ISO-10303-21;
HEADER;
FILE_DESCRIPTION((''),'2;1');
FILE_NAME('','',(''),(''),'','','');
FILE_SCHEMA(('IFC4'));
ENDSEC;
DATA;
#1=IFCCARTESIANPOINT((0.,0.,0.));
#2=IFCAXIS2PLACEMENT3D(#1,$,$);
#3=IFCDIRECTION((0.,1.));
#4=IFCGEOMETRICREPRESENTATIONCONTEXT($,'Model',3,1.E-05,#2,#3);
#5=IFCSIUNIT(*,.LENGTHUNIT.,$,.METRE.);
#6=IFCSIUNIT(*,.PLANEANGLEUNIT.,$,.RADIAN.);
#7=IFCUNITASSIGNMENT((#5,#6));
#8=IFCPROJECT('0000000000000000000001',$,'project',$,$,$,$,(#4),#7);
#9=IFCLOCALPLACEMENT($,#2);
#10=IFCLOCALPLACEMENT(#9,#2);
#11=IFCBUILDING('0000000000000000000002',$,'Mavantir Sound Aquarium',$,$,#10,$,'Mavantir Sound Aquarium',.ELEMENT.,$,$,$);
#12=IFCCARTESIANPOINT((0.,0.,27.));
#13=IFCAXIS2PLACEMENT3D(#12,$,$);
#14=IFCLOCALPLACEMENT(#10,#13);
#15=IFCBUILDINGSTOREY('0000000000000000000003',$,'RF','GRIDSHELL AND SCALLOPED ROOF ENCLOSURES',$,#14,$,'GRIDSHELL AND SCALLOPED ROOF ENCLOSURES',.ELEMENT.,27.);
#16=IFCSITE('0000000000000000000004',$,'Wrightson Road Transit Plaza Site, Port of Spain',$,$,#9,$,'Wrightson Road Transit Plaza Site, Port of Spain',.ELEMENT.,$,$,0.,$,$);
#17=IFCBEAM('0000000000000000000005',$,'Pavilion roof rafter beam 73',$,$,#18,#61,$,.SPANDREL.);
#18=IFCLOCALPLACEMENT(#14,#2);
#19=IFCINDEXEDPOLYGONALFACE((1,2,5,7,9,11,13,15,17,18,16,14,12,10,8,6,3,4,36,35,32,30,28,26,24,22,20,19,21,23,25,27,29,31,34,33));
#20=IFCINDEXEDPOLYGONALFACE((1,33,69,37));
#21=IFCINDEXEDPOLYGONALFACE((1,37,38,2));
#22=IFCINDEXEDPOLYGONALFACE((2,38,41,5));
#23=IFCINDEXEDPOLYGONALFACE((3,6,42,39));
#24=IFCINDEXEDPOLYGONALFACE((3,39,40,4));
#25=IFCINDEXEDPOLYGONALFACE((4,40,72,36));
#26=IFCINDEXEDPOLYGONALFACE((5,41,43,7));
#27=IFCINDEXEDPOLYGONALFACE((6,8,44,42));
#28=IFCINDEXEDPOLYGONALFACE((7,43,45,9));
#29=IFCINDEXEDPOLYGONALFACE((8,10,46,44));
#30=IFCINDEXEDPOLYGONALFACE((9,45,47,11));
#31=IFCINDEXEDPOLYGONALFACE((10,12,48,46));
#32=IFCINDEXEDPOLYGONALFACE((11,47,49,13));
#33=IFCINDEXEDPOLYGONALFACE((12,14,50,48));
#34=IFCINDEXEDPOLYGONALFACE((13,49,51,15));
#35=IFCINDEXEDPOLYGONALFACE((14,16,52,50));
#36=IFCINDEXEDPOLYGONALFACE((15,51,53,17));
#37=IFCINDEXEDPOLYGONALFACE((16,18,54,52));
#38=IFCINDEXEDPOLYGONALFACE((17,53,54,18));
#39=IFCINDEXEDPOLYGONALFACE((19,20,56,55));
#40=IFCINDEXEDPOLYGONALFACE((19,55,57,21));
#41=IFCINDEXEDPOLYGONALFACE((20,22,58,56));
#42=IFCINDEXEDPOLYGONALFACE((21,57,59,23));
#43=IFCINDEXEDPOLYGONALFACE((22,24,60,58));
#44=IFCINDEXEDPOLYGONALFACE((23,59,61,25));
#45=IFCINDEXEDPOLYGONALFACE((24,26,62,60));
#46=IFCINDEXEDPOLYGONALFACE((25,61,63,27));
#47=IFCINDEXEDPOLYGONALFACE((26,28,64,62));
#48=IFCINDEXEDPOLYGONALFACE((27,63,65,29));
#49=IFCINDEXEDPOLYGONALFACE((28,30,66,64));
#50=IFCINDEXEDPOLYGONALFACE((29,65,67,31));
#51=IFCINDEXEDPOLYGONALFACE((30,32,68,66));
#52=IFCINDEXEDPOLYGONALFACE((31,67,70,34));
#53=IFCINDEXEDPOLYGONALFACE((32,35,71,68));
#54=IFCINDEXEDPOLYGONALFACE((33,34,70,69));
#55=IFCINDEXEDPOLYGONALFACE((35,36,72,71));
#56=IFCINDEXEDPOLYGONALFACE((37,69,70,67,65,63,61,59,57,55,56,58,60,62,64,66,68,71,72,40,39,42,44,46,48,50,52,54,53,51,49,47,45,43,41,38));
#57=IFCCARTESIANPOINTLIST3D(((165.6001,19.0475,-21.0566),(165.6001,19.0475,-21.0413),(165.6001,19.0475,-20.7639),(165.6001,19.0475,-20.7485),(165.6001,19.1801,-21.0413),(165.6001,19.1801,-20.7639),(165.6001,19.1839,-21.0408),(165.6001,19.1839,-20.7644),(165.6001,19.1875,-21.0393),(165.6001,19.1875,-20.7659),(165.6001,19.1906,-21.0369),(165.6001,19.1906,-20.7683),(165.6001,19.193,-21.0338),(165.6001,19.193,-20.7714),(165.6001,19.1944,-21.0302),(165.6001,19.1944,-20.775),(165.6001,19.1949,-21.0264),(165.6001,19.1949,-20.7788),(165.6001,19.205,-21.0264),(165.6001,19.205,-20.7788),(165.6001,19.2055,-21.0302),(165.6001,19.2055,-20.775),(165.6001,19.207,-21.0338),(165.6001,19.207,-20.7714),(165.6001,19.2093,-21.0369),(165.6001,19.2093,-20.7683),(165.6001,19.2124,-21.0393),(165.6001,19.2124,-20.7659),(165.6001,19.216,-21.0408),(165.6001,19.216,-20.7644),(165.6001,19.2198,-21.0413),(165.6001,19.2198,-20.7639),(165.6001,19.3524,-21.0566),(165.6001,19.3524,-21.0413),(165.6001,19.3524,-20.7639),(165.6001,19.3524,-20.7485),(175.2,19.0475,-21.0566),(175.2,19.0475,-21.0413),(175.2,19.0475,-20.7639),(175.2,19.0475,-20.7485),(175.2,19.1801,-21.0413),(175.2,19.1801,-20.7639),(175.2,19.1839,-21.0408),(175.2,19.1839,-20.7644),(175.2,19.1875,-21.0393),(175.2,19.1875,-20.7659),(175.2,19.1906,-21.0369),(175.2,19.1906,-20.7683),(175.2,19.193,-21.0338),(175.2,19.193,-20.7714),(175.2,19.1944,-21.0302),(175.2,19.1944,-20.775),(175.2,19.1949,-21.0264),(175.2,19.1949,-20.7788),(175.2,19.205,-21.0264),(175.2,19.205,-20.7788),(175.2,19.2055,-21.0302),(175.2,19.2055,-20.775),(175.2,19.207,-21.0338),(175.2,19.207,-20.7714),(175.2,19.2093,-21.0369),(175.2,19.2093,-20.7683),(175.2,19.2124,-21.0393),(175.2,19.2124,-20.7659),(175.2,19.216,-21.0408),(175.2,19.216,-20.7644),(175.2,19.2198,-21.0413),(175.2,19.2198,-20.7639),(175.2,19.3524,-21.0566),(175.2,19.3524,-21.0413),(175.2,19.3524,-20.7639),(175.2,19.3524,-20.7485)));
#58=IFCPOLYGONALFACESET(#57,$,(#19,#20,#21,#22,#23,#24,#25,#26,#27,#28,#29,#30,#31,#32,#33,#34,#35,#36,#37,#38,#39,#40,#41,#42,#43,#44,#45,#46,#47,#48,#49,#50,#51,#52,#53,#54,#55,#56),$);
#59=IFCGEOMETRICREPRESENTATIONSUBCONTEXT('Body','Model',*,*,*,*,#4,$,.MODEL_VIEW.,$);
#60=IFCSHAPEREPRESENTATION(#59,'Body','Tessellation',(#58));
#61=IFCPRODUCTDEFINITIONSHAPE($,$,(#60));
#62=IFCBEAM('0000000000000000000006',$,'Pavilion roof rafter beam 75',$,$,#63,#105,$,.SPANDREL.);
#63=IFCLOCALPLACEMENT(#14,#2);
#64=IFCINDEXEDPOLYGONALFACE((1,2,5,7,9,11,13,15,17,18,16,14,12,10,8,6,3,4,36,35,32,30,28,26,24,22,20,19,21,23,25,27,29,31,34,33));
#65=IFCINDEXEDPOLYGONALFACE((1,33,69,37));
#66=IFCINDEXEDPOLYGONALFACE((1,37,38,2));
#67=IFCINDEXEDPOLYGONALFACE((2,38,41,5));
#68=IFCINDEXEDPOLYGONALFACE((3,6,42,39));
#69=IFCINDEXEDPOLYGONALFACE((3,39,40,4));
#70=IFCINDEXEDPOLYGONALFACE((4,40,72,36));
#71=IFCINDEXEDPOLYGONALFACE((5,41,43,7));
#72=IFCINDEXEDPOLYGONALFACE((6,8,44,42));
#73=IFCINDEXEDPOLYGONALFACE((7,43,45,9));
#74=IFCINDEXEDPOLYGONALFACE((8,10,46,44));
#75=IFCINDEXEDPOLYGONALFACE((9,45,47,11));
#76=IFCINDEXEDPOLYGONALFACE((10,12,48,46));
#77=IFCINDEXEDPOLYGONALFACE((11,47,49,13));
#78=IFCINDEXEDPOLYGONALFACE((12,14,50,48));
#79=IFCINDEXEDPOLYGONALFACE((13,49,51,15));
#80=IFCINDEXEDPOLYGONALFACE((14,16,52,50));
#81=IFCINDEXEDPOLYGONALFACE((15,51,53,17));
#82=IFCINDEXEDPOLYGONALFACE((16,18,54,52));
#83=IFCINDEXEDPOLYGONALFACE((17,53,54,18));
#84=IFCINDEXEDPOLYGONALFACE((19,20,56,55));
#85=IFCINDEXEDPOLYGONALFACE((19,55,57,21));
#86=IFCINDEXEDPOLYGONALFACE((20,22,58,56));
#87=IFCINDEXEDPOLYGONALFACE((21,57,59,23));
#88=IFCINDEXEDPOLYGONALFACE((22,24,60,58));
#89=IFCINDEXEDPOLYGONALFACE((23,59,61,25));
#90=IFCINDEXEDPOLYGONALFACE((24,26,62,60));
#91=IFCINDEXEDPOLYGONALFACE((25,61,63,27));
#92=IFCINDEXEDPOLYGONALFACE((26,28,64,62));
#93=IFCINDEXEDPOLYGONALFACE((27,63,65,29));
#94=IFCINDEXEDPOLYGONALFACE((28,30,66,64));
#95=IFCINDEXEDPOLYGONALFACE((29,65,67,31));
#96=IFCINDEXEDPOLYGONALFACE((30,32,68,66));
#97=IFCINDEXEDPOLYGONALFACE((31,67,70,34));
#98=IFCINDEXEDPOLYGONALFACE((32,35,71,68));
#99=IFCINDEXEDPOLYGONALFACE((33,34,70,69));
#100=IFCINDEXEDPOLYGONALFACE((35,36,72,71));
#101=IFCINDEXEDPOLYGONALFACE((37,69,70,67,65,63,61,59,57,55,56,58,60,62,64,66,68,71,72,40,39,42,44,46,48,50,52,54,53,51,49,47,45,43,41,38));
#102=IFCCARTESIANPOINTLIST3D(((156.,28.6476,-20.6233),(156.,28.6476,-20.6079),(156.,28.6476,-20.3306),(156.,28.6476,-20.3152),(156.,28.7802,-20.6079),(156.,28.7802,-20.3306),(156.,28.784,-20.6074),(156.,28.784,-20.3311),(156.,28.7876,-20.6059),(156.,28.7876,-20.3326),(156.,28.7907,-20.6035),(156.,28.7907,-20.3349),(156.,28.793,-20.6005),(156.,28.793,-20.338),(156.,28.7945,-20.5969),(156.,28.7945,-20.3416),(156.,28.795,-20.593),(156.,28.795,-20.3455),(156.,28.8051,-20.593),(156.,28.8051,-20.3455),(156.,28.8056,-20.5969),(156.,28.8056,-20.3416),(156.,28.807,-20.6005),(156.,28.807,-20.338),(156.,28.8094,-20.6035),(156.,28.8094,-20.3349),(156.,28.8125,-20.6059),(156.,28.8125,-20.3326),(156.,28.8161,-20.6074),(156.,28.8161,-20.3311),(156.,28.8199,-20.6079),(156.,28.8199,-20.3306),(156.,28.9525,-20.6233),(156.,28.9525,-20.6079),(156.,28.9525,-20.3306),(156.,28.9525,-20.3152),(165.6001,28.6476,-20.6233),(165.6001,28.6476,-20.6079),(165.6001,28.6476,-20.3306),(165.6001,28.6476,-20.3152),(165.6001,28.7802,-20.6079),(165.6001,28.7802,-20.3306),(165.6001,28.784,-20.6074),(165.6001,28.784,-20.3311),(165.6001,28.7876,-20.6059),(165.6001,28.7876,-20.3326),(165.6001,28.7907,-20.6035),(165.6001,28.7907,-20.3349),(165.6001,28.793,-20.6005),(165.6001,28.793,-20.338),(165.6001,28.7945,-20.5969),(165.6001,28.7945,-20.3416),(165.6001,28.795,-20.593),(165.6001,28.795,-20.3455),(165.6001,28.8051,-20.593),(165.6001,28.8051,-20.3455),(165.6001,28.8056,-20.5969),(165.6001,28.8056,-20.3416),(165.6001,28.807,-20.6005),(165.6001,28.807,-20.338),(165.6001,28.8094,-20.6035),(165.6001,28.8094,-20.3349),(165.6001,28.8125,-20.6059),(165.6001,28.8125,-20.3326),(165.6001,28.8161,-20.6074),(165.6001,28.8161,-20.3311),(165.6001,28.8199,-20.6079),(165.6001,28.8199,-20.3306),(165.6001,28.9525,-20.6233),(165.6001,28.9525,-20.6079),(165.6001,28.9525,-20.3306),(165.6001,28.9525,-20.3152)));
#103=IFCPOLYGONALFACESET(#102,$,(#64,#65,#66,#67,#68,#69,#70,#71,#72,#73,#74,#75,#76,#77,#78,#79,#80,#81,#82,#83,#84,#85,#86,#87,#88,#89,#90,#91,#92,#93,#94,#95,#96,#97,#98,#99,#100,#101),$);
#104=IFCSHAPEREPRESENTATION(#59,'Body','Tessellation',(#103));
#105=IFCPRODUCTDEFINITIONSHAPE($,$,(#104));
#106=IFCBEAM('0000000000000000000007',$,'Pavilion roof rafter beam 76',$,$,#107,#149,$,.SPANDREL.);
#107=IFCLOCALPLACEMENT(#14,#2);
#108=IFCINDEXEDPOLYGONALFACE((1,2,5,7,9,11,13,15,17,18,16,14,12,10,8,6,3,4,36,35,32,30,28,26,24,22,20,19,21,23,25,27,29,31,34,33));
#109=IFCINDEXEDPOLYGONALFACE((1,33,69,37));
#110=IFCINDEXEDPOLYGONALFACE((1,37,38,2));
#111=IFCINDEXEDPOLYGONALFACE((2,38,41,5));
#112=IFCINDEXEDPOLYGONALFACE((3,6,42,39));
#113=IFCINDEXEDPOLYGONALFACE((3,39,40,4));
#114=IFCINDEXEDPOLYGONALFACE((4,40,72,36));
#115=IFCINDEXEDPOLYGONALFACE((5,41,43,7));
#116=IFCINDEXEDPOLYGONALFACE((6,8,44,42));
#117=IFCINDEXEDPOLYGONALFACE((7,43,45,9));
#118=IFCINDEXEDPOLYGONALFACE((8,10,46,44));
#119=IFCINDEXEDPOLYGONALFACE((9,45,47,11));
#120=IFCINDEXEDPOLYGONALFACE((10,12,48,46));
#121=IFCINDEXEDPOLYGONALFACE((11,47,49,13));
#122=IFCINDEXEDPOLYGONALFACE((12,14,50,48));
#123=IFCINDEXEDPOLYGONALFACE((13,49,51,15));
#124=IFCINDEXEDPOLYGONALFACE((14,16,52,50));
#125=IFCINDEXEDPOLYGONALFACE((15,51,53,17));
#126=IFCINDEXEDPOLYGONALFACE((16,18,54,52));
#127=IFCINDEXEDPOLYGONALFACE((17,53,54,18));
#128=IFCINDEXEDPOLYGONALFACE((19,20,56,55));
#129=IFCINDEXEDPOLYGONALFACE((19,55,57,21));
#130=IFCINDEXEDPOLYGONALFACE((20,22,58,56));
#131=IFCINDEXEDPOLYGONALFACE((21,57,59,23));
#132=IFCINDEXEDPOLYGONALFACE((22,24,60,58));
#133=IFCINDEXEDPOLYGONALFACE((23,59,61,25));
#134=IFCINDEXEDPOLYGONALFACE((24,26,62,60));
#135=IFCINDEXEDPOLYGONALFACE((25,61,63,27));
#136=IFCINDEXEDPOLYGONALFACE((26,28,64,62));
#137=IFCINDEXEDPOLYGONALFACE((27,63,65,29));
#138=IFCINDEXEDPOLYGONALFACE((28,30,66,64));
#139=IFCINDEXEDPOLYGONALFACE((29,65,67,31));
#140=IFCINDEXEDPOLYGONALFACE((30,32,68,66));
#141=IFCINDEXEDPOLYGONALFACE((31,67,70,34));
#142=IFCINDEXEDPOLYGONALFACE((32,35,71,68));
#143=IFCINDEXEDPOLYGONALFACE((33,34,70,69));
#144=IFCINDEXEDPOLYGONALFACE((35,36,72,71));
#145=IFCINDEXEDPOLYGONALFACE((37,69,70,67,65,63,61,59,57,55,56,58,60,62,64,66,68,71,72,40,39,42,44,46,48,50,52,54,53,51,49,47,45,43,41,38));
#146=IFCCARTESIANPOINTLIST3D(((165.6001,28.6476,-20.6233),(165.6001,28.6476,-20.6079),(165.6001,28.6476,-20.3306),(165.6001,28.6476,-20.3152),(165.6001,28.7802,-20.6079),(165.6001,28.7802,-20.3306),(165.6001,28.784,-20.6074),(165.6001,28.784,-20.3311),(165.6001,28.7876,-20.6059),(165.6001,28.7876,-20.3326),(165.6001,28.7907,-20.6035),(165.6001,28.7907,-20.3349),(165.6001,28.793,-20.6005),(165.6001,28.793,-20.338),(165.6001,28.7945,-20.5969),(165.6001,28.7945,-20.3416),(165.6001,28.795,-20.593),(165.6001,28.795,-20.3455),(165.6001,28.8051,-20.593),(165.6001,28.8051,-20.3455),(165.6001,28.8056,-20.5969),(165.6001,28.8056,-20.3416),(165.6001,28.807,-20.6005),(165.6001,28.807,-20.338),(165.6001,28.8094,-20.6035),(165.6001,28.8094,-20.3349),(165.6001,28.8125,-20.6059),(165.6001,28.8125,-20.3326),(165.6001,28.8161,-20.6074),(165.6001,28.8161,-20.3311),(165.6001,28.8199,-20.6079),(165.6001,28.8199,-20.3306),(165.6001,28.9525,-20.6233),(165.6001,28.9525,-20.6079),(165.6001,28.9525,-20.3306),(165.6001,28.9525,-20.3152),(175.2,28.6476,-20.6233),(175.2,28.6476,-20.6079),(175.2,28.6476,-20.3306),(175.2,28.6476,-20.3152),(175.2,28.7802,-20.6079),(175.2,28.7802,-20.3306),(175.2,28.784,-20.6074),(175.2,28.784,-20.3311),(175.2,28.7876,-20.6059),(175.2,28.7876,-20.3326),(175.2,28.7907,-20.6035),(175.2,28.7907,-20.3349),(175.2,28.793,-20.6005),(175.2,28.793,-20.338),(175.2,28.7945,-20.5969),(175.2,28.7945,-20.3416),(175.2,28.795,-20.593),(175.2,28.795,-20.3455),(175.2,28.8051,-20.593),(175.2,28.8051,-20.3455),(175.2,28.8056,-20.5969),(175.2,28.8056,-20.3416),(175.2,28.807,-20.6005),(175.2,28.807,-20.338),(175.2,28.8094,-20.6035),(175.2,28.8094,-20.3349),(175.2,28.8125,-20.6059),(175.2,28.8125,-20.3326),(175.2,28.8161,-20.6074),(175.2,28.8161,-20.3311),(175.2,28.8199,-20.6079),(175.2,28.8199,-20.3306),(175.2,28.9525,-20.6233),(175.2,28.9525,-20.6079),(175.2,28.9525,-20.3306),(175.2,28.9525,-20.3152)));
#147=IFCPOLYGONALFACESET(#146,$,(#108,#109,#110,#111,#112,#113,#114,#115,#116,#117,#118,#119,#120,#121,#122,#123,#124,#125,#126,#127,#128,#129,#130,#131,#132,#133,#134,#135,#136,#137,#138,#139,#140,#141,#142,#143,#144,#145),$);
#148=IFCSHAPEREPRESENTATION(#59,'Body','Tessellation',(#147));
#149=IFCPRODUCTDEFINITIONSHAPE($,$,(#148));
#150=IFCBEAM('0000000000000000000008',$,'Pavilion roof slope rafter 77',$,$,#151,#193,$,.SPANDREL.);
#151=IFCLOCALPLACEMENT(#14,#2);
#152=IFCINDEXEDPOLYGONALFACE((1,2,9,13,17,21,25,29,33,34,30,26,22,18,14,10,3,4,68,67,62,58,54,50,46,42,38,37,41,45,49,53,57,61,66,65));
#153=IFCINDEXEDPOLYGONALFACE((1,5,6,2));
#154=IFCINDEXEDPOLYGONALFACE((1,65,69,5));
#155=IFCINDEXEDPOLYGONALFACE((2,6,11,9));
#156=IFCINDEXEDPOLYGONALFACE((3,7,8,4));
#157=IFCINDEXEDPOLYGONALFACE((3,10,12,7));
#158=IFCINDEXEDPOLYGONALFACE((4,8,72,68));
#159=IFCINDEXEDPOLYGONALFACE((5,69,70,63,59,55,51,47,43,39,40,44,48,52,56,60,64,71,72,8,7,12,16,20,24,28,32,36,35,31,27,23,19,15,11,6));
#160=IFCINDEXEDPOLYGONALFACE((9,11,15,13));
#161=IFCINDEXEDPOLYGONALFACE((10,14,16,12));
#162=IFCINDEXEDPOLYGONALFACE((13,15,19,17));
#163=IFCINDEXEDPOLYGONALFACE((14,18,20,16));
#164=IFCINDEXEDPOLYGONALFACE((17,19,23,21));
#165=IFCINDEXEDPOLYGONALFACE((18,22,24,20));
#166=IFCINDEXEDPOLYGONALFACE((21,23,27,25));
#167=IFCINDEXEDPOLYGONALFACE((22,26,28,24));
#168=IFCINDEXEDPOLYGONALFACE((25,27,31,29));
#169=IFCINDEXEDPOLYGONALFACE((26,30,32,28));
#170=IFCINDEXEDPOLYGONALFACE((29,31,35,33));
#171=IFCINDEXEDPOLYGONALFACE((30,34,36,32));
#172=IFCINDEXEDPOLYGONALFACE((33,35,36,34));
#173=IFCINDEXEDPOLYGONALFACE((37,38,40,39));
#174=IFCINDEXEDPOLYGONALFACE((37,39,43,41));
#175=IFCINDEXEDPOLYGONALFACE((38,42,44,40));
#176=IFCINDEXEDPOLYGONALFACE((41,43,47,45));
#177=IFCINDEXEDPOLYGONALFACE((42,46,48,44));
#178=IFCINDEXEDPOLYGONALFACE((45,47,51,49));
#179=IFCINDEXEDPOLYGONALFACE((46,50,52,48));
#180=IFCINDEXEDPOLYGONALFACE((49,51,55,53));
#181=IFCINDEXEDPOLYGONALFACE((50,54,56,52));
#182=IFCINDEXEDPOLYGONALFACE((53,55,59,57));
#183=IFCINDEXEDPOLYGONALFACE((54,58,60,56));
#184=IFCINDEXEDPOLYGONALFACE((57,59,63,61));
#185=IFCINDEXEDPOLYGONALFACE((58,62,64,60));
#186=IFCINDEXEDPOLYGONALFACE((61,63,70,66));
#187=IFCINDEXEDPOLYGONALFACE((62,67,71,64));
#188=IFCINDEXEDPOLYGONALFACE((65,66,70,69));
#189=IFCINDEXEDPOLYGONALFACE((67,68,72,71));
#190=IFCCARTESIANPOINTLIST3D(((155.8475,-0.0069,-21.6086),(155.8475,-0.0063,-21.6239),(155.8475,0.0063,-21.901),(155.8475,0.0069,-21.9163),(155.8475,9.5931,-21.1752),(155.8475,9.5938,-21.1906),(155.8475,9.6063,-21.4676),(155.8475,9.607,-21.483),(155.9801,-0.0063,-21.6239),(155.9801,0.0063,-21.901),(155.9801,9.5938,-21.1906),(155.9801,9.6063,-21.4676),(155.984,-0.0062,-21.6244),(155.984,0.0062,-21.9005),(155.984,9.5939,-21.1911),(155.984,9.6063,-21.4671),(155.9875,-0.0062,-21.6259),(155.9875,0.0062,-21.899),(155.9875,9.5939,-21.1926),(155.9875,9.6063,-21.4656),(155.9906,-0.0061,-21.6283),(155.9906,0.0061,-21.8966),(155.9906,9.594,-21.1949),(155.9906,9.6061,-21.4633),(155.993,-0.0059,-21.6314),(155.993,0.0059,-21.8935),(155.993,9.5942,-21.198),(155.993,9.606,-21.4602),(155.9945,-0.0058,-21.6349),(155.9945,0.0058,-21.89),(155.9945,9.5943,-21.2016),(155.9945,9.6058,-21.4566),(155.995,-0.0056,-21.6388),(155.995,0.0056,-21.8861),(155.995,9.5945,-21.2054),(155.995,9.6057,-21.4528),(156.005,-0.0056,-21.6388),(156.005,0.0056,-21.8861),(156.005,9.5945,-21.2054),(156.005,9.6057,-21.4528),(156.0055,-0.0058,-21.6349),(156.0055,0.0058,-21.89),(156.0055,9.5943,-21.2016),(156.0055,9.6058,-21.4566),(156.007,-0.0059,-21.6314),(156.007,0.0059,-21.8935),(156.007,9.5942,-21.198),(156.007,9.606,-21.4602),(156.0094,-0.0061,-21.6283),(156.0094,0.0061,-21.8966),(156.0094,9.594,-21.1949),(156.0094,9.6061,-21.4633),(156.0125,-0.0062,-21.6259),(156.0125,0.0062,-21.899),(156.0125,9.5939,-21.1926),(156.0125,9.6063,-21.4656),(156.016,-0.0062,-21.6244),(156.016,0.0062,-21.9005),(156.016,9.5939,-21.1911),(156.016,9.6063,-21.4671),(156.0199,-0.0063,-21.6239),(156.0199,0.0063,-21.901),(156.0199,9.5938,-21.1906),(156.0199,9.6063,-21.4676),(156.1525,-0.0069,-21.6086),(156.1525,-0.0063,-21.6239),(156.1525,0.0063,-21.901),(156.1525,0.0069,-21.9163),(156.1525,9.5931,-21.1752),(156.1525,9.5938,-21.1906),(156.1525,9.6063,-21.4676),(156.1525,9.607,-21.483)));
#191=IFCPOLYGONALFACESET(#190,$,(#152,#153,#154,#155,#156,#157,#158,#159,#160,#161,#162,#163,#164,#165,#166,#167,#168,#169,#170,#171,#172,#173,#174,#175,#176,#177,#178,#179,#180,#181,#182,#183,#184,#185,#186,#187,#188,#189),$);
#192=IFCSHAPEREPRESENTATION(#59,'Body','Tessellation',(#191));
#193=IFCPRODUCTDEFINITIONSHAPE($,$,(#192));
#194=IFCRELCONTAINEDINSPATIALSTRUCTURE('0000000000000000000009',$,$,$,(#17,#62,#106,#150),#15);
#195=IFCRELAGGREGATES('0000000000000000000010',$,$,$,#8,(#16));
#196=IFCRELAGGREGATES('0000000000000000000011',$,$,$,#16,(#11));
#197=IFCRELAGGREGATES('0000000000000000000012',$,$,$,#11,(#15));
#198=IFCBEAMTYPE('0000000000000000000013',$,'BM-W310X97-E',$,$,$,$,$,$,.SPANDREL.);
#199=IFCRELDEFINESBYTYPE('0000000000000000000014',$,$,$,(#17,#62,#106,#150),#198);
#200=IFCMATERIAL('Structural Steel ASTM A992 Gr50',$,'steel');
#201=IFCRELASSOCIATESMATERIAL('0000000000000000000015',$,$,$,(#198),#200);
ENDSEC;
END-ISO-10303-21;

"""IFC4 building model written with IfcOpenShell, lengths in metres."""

from ifc_helpers import new_model, si_unit, direction, frame, origin, origin_2d, place, context, subcontext, project, spatial, i_section, extrude, material, material_profile, profile_set, type_object, element, save


model = new_model("IFC4")

# Units and contexts
model_context = context("Model", 3, precision=1e-05, world=origin(), true_north=direction((0.0, 1.0)))
body_context = subcontext(model_context, "Body", "Model", "MODEL_VIEW")
ifc_project = project(units=[si_unit("LENGTHUNIT", "METRE"), si_unit("PLANEANGLEUNIT", "RADIAN")], contexts=[model_context])

# Site, building, storey
site_placement = place(None, origin())
site = spatial("IfcSite", under=ifc_project, at=site_placement, Name="Wrightson Road Transit Plaza Site, Port of Spain", LongName="Wrightson Road Transit Plaza Site, Port of Spain", CompositionType="ELEMENT", RefElevation=0.0)
building_placement = place(site_placement, origin())
building = spatial("IfcBuilding", under=site, at=building_placement, Name="Mavantir Sound Aquarium", LongName="Mavantir Sound Aquarium", CompositionType="ELEMENT")
storey_placement = place(building_placement, frame((0.0, 0.0, 27.0)))
storey = spatial("IfcBuildingStorey", under=building, at=storey_placement, Name="RF", Description="GRIDSHELL AND SCALLOPED ROOF ENCLOSURES", LongName="GRIDSHELL AND SCALLOPED ROOF ENCLOSURES", CompositionType="ELEMENT", Elevation=27.0)

# Beams
ifc_material_1 = material(Name="Structural Steel ASTM A992 Gr50", Category="steel")
ifc_material_profile_1 = material_profile(ifc_material_1, i_section(OverallWidth=0.3049, OverallDepth=0.3081, WebThickness=0.01, FlangeThickness=0.0154, FilletRadius=0.0149, at=origin_2d()), Name="W310X97")
ifc_profile_set_1 = profile_set([ifc_material_profile_1], Name="Structural Steel ASTM A992 Gr50")
beam_type_1 = type_object("IfcBeamType", Name="BM-W310X97-E", PredefinedType="SPANDREL", material=ifc_profile_set_1)
beam_1_placement = place(storey_placement, frame((165.6001, 19.2, -20.9026), z_axis=(1.0, 0.0, 0.0), x_axis=(0.0, 1.0, 0.0)))
element("IfcBeam", 1, at=beam_1_placement, inside=storey, type_object=beam_type_1, Name="Pavilion roof rafter beam 73", PredefinedType="SPANDREL", context=body_context, shape_type="SweptSolid", body=[
    extrude(i_section(OverallWidth=0.3049, OverallDepth=0.3081, WebThickness=0.01, FlangeThickness=0.0154, FilletRadius=0.0149, at=origin_2d()), origin(), (0.0, 0.0, 1.0), 9.5999),
])
beam_2_placement = place(storey_placement, frame((156.0, 28.8, -20.4692), z_axis=(1.0, 0.0, 0.0), x_axis=(0.0, 1.0, 0.0)))
element("IfcBeam", 2, at=beam_2_placement, inside=storey, type_object=beam_type_1, Name="Pavilion roof rafter beam 75", PredefinedType="SPANDREL", context=body_context, shape_type="SweptSolid", body=[
    extrude(i_section(OverallWidth=0.3049, OverallDepth=0.3081, WebThickness=0.01, FlangeThickness=0.0154, FilletRadius=0.0149, at=origin_2d()), origin(), (0.0, 0.0, 1.0), 9.6001),
])
beam_3_placement = place(storey_placement, frame((165.6001, 28.8, -20.4692), z_axis=(1.0, 0.0, 0.0), x_axis=(0.0, 1.0, 0.0)))
element("IfcBeam", 3, at=beam_3_placement, inside=storey, type_object=beam_type_1, Name="Pavilion roof rafter beam 76", PredefinedType="SPANDREL", context=body_context, shape_type="SweptSolid", body=[
    extrude(i_section(OverallWidth=0.3049, OverallDepth=0.3081, WebThickness=0.01, FlangeThickness=0.0154, FilletRadius=0.0149, at=origin_2d()), origin(), (0.0, 0.0, 1.0), 9.5999),
])
beam_4_placement = place(storey_placement, frame((156.0, 0.0, -21.7625), z_axis=(0.0, 0.998983, 0.045094), x_axis=(-1.0, 0.0, 0.0)))
element("IfcBeam", 4, at=beam_4_placement, inside=storey, type_object=beam_type_1, Name="Pavilion roof slope rafter 77", PredefinedType="SPANDREL", context=body_context, shape_type="SweptSolid", body=[
    extrude(i_section(OverallWidth=0.3049, OverallDepth=0.3081, WebThickness=0.01, FlangeThickness=0.0154, FilletRadius=0.0149, at=origin_2d()), origin(), (0.0, 0.0, 1.0), 9.6099),
])

save(model, "model.ifc")
